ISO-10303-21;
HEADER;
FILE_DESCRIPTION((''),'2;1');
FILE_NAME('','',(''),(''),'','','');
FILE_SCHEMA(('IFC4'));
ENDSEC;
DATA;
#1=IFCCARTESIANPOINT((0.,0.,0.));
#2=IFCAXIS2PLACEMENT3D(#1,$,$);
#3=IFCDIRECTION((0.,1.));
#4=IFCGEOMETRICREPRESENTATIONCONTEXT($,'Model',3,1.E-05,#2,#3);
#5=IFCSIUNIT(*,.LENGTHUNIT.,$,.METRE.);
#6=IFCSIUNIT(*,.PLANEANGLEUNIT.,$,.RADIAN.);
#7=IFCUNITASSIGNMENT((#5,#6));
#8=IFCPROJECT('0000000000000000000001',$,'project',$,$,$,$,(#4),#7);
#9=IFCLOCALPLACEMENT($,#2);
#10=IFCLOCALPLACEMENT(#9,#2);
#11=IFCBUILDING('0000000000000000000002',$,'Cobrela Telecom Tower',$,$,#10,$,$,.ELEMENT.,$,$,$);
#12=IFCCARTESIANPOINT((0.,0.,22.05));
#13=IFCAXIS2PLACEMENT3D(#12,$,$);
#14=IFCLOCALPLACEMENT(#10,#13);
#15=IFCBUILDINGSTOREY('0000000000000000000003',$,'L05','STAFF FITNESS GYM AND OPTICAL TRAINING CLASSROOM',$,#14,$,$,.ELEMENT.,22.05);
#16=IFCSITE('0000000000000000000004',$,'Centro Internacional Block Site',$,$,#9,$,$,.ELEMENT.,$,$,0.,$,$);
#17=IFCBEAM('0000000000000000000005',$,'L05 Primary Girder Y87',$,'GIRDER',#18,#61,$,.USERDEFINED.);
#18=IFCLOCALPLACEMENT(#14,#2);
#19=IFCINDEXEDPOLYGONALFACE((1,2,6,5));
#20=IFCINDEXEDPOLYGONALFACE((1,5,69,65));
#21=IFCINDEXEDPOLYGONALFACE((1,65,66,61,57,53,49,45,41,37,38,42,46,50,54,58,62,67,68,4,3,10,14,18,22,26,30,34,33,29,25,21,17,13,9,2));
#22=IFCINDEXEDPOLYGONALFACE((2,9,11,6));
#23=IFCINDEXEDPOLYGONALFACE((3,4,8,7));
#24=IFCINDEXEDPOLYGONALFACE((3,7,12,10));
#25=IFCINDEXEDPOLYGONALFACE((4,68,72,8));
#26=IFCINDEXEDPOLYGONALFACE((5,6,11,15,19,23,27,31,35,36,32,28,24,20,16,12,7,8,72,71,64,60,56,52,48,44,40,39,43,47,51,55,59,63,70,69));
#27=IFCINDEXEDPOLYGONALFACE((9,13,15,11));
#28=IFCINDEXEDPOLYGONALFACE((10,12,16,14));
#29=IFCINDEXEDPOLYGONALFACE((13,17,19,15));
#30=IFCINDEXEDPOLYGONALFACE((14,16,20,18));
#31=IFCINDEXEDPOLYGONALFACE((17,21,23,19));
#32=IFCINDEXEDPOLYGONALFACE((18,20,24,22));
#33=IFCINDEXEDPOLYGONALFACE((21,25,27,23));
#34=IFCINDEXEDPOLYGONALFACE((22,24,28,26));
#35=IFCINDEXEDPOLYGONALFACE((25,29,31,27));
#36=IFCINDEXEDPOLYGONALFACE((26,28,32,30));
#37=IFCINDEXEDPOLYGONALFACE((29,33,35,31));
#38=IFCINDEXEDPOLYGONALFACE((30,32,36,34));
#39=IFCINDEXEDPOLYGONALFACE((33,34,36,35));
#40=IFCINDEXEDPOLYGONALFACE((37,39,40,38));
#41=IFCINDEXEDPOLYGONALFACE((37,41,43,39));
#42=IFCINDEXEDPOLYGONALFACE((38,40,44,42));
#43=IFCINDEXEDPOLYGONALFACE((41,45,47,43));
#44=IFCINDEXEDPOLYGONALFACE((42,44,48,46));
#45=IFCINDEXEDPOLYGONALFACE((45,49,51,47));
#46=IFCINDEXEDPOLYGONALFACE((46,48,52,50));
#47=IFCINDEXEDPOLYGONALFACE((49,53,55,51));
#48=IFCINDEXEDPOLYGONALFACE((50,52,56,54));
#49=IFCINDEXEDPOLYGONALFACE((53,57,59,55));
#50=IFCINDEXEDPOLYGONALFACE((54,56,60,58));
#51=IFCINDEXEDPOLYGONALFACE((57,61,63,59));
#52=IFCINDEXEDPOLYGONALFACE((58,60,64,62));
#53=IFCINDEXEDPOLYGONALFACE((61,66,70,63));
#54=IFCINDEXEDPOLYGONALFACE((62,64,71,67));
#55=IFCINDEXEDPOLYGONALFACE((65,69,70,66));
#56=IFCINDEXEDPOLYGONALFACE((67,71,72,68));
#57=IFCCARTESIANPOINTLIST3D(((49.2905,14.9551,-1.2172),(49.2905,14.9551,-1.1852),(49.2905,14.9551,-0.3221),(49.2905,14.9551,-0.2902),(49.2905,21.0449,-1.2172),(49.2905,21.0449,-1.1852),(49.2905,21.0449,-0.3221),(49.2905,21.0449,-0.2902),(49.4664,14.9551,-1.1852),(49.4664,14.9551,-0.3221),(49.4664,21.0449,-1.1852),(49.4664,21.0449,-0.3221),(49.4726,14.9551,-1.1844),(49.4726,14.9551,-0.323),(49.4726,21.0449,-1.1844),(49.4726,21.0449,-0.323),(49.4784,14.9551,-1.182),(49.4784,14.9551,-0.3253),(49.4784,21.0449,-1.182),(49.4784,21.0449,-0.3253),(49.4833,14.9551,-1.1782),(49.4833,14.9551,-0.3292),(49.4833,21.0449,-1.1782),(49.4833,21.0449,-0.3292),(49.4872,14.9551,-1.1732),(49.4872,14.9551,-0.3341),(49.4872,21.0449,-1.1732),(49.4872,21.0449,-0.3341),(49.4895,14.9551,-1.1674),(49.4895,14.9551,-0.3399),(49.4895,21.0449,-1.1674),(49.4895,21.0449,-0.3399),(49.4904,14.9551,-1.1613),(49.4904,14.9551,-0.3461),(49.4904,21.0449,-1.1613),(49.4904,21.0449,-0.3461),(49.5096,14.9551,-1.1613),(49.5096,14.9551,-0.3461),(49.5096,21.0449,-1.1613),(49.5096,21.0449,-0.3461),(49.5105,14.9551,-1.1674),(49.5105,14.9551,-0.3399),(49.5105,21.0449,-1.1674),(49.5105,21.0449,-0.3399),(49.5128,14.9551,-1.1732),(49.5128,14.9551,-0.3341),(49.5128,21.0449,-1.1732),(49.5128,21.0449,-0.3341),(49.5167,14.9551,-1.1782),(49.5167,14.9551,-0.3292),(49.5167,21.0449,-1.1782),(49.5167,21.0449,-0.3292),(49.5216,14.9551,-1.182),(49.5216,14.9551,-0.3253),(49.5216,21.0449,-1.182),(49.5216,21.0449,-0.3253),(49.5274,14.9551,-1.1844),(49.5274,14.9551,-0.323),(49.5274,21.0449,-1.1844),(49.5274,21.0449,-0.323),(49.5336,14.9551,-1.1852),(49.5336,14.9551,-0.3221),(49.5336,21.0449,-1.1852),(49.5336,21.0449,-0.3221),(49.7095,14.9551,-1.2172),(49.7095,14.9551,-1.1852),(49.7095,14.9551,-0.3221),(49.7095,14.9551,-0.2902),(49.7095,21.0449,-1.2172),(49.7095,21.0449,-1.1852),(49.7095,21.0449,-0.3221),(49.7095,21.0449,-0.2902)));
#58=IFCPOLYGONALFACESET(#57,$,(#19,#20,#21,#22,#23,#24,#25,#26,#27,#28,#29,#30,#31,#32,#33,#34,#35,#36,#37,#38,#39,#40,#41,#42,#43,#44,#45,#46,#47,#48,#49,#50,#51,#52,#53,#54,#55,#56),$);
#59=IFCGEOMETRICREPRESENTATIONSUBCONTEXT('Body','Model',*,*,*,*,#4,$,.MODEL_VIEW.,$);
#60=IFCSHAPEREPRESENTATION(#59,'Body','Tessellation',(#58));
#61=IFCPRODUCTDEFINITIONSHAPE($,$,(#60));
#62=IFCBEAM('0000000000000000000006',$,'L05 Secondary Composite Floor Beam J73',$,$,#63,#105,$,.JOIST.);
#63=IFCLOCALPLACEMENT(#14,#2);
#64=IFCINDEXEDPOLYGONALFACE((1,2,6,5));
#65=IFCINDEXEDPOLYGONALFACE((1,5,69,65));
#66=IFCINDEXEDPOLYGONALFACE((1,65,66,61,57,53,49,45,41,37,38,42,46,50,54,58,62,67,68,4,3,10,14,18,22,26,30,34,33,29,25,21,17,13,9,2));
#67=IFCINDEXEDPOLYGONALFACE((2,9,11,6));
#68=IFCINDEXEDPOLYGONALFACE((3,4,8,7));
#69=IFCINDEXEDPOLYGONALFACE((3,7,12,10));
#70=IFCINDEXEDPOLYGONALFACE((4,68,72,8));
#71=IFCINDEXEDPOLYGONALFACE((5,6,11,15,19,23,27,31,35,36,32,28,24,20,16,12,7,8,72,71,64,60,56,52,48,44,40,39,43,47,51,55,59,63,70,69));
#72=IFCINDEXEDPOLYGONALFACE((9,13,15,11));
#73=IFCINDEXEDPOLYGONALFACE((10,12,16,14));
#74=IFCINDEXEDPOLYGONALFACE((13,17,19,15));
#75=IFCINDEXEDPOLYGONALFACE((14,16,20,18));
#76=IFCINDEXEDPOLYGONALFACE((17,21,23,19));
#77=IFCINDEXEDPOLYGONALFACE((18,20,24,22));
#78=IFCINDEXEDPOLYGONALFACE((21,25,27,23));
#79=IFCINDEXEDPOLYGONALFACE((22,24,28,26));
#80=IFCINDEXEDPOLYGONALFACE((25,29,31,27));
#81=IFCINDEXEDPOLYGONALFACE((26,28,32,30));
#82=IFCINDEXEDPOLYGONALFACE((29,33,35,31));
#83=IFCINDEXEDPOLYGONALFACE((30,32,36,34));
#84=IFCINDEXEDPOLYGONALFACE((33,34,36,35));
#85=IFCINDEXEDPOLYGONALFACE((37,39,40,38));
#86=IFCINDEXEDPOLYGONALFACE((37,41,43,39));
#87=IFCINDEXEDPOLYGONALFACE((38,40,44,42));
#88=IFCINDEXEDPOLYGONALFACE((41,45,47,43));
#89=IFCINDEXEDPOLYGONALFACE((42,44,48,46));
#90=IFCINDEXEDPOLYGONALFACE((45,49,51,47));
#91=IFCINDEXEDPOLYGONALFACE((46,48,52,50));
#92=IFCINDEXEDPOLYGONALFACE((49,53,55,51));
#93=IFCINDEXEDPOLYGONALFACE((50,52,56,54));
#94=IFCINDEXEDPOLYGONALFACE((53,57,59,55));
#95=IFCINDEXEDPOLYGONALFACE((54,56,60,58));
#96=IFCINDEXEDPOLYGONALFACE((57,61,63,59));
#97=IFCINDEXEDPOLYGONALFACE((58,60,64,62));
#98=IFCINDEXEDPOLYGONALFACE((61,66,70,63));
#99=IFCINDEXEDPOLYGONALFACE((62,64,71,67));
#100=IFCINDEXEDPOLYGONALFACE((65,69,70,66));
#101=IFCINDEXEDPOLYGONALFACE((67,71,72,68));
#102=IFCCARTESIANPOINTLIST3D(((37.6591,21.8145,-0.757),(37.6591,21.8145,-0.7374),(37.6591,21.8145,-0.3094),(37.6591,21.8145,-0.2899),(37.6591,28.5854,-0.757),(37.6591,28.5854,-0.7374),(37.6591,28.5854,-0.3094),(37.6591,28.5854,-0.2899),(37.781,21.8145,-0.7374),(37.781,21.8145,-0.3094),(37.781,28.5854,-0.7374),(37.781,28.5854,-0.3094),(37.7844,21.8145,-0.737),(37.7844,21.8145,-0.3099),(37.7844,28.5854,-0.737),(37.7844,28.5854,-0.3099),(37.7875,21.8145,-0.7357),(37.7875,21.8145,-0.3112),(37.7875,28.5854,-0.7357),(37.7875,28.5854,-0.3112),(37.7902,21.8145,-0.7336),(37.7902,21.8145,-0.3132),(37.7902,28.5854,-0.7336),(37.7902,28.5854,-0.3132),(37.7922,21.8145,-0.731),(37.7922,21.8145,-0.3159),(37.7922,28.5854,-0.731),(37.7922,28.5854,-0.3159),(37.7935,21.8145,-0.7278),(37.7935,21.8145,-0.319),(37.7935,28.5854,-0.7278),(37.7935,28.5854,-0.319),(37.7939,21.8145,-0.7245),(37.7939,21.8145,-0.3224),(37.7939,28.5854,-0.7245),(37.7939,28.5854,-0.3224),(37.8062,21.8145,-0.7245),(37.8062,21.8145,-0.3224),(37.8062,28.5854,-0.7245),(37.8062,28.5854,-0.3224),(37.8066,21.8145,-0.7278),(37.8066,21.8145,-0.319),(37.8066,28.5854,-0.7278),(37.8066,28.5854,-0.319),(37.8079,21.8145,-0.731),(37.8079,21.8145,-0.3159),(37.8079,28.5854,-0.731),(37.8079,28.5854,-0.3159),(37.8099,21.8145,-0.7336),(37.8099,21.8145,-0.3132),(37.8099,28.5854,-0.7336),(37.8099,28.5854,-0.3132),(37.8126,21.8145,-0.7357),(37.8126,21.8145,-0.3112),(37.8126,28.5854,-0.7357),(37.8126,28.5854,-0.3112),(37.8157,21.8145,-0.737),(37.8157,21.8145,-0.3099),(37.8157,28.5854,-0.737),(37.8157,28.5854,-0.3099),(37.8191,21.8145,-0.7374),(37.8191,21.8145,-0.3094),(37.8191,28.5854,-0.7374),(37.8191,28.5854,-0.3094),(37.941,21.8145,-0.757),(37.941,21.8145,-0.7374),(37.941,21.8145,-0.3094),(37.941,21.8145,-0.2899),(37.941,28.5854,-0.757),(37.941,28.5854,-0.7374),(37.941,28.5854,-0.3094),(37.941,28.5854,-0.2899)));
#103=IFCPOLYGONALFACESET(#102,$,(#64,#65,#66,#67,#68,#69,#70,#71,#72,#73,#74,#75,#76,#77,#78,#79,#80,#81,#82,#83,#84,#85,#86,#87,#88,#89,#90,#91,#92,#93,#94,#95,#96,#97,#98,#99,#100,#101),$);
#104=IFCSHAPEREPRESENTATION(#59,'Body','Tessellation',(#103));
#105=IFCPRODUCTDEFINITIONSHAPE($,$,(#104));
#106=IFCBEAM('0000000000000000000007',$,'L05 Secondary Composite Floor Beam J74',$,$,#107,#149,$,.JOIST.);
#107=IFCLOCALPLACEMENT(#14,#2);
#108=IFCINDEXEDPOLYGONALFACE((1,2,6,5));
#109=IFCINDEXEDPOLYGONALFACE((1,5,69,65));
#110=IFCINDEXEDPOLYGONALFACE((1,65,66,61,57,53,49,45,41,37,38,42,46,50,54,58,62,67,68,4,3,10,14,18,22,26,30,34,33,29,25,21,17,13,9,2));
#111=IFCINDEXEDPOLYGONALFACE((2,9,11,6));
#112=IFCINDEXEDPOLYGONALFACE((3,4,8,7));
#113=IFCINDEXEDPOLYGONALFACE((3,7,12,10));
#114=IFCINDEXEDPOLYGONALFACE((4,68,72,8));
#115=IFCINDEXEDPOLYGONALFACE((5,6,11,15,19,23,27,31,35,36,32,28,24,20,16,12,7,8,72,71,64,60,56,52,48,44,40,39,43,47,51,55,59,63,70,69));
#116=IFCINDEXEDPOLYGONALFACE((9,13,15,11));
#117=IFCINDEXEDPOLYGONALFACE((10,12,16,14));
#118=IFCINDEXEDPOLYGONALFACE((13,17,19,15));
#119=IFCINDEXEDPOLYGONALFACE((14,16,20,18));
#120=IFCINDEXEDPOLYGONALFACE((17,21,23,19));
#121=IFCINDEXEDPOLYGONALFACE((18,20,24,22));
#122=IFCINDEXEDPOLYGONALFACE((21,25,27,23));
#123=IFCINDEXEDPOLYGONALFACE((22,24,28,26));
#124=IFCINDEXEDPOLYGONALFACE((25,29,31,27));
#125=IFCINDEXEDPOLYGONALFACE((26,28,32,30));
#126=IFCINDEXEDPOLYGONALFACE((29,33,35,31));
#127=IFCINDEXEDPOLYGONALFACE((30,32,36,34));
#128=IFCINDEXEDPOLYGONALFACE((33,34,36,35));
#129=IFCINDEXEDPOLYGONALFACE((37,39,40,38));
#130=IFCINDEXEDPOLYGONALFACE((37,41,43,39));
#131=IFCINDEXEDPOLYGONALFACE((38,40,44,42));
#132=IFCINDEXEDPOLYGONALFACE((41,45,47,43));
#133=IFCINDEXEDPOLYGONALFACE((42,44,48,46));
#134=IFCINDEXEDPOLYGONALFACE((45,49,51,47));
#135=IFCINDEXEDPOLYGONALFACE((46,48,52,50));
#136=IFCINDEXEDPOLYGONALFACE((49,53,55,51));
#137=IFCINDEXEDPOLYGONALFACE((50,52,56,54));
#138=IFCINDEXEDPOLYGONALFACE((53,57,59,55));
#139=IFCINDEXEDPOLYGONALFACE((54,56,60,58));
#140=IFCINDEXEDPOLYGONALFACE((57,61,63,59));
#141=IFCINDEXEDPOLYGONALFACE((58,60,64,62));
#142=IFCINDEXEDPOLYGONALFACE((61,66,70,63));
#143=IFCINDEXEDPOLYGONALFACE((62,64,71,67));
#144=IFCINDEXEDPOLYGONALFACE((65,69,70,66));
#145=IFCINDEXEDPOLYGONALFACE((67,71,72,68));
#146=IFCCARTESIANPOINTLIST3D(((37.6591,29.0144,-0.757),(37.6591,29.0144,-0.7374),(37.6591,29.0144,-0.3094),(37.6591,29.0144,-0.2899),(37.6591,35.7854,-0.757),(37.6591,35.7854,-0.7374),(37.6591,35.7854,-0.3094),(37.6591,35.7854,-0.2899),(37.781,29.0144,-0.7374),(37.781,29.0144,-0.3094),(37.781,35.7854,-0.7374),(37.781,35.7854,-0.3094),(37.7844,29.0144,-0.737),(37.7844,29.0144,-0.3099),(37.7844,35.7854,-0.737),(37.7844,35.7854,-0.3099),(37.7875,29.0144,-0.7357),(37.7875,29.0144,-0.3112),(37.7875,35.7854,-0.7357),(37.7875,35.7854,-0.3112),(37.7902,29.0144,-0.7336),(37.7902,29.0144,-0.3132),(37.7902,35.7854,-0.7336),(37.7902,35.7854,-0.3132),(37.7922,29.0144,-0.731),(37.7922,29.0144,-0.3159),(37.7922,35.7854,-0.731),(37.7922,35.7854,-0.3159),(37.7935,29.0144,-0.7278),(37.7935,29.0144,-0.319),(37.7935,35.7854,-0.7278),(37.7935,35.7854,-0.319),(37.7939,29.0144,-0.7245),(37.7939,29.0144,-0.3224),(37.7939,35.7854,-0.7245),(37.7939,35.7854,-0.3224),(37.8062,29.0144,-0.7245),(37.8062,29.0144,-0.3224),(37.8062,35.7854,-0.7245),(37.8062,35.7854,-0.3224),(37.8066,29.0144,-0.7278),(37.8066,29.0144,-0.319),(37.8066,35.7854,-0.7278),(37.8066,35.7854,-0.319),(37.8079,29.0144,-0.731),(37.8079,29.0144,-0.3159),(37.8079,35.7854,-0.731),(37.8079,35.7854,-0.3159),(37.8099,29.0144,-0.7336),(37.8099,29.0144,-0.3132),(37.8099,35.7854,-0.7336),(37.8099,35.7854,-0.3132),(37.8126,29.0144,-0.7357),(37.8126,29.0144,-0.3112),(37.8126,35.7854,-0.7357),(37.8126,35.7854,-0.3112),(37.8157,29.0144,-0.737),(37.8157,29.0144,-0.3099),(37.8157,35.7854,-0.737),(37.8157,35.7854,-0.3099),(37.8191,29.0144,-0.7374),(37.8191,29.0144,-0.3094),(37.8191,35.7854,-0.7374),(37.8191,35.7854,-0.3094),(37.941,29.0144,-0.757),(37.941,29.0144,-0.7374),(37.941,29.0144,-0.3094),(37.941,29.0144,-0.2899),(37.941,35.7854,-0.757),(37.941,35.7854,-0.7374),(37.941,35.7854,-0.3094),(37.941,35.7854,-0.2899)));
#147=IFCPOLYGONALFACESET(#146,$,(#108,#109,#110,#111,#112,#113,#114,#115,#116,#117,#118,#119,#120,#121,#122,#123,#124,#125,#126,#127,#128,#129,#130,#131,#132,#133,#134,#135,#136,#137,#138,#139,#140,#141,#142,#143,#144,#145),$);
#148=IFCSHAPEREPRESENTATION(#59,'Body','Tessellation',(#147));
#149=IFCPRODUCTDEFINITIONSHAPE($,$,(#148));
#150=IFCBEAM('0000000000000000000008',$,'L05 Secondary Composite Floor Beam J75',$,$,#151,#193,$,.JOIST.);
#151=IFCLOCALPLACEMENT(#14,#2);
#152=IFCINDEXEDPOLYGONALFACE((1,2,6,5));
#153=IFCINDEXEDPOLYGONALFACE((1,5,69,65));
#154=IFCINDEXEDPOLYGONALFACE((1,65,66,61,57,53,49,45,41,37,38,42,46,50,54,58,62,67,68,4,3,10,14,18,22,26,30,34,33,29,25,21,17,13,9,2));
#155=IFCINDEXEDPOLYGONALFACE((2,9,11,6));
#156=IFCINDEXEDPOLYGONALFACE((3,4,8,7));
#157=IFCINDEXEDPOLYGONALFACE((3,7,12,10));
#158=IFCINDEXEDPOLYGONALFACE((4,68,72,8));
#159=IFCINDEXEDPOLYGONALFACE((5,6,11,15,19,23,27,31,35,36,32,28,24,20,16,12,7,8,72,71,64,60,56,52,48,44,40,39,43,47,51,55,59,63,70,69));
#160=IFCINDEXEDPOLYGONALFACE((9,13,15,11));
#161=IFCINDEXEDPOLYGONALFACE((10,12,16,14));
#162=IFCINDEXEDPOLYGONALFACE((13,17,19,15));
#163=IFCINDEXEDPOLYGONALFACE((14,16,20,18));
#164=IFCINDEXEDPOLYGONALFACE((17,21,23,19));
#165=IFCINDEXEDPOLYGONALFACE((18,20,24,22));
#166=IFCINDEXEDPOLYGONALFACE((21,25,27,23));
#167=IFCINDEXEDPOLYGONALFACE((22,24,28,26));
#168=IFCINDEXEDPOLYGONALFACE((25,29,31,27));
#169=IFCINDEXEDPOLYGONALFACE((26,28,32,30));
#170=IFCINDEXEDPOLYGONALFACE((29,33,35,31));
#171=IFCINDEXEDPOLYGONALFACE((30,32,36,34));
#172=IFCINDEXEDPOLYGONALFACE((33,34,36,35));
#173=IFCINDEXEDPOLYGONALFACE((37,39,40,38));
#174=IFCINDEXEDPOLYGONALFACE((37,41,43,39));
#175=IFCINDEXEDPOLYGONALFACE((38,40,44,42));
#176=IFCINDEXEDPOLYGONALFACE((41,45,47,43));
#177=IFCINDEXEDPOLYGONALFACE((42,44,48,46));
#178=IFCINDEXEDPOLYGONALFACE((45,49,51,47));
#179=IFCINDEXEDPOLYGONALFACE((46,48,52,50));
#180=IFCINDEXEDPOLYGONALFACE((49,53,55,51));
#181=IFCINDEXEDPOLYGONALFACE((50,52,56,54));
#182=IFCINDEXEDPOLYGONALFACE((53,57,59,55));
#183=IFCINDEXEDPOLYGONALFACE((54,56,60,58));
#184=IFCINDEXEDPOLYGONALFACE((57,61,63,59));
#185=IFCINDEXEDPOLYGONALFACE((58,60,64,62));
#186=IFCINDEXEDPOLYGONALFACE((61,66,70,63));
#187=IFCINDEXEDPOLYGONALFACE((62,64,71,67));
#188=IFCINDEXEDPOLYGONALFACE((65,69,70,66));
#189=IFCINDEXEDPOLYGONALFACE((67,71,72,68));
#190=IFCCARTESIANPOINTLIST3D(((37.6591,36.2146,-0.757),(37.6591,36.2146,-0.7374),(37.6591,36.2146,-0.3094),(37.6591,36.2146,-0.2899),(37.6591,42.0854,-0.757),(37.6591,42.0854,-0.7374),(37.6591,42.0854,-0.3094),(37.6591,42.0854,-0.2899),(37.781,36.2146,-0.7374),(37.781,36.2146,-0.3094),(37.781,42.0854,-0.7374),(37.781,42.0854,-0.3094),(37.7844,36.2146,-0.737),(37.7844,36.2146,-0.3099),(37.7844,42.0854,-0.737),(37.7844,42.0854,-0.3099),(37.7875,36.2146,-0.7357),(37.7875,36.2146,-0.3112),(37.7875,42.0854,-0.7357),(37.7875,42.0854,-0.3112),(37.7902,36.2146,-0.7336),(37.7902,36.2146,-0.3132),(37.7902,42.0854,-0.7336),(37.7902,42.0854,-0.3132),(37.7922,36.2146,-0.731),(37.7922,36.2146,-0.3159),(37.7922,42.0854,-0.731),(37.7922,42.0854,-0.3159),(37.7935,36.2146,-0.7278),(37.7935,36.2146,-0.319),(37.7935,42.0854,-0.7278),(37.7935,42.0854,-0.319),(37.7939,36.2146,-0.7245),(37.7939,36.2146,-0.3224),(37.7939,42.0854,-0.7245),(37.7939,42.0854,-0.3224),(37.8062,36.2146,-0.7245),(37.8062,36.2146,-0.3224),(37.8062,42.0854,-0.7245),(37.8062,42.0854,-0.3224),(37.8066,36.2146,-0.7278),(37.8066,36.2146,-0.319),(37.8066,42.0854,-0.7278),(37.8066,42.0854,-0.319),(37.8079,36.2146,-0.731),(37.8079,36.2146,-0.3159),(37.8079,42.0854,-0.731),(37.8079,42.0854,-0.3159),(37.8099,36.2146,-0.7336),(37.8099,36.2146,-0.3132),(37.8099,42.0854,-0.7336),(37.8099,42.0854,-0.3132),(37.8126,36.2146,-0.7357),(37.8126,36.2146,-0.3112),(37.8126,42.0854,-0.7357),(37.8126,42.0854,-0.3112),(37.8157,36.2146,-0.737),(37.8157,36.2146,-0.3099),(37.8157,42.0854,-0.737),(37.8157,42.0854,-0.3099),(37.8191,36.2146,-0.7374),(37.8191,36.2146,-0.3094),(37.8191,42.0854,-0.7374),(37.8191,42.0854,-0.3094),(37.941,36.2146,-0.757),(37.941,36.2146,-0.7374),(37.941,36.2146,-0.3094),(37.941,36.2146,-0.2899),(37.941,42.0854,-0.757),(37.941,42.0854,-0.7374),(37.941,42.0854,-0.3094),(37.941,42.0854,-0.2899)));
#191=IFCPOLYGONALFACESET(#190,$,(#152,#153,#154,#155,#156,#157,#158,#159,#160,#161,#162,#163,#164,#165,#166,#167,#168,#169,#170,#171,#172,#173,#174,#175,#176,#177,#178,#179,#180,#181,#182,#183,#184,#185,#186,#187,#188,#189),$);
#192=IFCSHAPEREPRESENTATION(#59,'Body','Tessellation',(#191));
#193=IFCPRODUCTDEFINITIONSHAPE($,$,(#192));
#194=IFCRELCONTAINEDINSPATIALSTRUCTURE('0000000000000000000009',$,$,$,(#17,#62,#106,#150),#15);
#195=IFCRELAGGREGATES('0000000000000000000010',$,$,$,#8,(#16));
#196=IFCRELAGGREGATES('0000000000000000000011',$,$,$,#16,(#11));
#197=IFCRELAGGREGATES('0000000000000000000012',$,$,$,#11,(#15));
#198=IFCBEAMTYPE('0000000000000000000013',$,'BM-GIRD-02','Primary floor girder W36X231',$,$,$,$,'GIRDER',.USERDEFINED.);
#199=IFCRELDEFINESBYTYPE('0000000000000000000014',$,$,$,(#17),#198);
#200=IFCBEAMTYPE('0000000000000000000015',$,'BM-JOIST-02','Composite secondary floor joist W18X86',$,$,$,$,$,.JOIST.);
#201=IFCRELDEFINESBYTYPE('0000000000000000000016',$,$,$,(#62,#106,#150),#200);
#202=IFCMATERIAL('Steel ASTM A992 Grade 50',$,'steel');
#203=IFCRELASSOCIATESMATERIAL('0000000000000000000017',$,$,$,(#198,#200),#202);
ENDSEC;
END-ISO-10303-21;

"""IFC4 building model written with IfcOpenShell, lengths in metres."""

from ifc_helpers import new_model, si_unit, direction, frame, origin, origin_2d, place, context, subcontext, project, spatial, i_section, extrude, material, material_profile, profile_set, type_object, element, save


model = new_model("IFC4")

# Units and contexts
model_context = context("Model", 3, precision=1e-05, world=origin(), true_north=direction((0.0, 1.0)))
body_context = subcontext(model_context, "Body", "Model", "MODEL_VIEW")
ifc_project = project(units=[si_unit("LENGTHUNIT", "METRE"), si_unit("PLANEANGLEUNIT", "RADIAN")], contexts=[model_context])

# Site, building, storey
site_placement = place(None, origin())
site = spatial("IfcSite", under=ifc_project, at=site_placement, Name="Centro Internacional Block Site", CompositionType="ELEMENT", RefElevation=0.0)
building_placement = place(site_placement, origin())
building = spatial("IfcBuilding", under=site, at=building_placement, Name="Cobrela Telecom Tower", CompositionType="ELEMENT")
storey_placement = place(building_placement, frame((0.0, 0.0, 22.05)))
storey = spatial("IfcBuildingStorey", under=building, at=storey_placement, Name="L05", Description="STAFF FITNESS GYM AND OPTICAL TRAINING CLASSROOM", CompositionType="ELEMENT", Elevation=22.05)

# Beams
ifc_material_1 = material(Name="Steel ASTM A992 Grade 50", Category="steel")
ifc_material_profile_1 = material_profile(ifc_material_1, i_section(OverallWidth=0.4189, OverallDepth=0.927, WebThickness=0.0193, FlangeThickness=0.032, FilletRadius=0.0239, at=origin_2d()), Name="W36X231")
ifc_profile_set_1 = profile_set([ifc_material_profile_1], Name="Steel ASTM A992 Grade 50")
beam_type_1 = type_object("IfcBeamType", Name="BM-GIRD-02", Description="Primary floor girder W36X231", ElementType="GIRDER", PredefinedType="USERDEFINED", material=ifc_profile_set_1)
beam_1_placement = place(storey_placement, frame((49.5, 14.9551, -0.7537), z_axis=(0.0, 1.0, 0.0), x_axis=(-1.0, 0.0, 0.0)))
element("IfcBeam", 1, at=beam_1_placement, inside=storey, type_object=beam_type_1, Name="L05 Primary Girder Y87", ObjectType="GIRDER", PredefinedType="USERDEFINED", context=body_context, shape_type="SweptSolid", body=[
    extrude(i_section(OverallWidth=0.4189, OverallDepth=0.927, WebThickness=0.0193, FlangeThickness=0.032, FilletRadius=0.0239, at=origin_2d()), origin(), (0.0, 0.0, 1.0), 6.0898),
])
ifc_material_profile_2 = material_profile(ifc_material_1, i_section(OverallWidth=0.282, OverallDepth=0.467, WebThickness=0.0122, FlangeThickness=0.0195, FilletRadius=0.0129, at=origin_2d()), Name="W18X86")
ifc_profile_set_2 = profile_set([ifc_material_profile_2], Name="Steel ASTM A992 Grade 50")
beam_type_2 = type_object("IfcBeamType", Name="BM-JOIST-02", Description="Composite secondary floor joist W18X86", PredefinedType="JOIST", material=ifc_profile_set_2)
for number, where, z_axis, x_axis, name in (
    (2, (37.8, 21.8145, -0.5234), (0.0, 1.0, 0.0), (-1.0, 0.0, 0.0), "L05 Secondary Composite Floor Beam J73"),
    (3, (37.8, 29.0144, -0.5234), (0.0, 1.0, 0.0), (-1.0, 0.0, 0.0), "L05 Secondary Composite Floor Beam J74"),
):
    element("IfcBeam", number, at=place(storey_placement, frame(where, z_axis=z_axis, x_axis=x_axis)), inside=storey, type_object=beam_type_2, Name=name, PredefinedType="JOIST", context=body_context, shape_type="SweptSolid", body=[
        extrude(i_section(OverallWidth=0.282, OverallDepth=0.467, WebThickness=0.0122, FlangeThickness=0.0195, FilletRadius=0.0129, at=origin_2d()), origin(), (0.0, 0.0, 1.0), 6.771),
    ])
beam_2_placement = place(storey_placement, frame((37.8, 36.2146, -0.5234), z_axis=(0.0, 1.0, 0.0), x_axis=(-1.0, 0.0, 0.0)))
element("IfcBeam", 4, at=beam_2_placement, inside=storey, type_object=beam_type_2, Name="L05 Secondary Composite Floor Beam J75", PredefinedType="JOIST", context=body_context, shape_type="SweptSolid", body=[
    extrude(i_section(OverallWidth=0.282, OverallDepth=0.467, WebThickness=0.0122, FlangeThickness=0.0195, FilletRadius=0.0129, at=origin_2d()), origin(), (0.0, 0.0, 1.0), 5.8708),
])

save(model, "model.ifc")
